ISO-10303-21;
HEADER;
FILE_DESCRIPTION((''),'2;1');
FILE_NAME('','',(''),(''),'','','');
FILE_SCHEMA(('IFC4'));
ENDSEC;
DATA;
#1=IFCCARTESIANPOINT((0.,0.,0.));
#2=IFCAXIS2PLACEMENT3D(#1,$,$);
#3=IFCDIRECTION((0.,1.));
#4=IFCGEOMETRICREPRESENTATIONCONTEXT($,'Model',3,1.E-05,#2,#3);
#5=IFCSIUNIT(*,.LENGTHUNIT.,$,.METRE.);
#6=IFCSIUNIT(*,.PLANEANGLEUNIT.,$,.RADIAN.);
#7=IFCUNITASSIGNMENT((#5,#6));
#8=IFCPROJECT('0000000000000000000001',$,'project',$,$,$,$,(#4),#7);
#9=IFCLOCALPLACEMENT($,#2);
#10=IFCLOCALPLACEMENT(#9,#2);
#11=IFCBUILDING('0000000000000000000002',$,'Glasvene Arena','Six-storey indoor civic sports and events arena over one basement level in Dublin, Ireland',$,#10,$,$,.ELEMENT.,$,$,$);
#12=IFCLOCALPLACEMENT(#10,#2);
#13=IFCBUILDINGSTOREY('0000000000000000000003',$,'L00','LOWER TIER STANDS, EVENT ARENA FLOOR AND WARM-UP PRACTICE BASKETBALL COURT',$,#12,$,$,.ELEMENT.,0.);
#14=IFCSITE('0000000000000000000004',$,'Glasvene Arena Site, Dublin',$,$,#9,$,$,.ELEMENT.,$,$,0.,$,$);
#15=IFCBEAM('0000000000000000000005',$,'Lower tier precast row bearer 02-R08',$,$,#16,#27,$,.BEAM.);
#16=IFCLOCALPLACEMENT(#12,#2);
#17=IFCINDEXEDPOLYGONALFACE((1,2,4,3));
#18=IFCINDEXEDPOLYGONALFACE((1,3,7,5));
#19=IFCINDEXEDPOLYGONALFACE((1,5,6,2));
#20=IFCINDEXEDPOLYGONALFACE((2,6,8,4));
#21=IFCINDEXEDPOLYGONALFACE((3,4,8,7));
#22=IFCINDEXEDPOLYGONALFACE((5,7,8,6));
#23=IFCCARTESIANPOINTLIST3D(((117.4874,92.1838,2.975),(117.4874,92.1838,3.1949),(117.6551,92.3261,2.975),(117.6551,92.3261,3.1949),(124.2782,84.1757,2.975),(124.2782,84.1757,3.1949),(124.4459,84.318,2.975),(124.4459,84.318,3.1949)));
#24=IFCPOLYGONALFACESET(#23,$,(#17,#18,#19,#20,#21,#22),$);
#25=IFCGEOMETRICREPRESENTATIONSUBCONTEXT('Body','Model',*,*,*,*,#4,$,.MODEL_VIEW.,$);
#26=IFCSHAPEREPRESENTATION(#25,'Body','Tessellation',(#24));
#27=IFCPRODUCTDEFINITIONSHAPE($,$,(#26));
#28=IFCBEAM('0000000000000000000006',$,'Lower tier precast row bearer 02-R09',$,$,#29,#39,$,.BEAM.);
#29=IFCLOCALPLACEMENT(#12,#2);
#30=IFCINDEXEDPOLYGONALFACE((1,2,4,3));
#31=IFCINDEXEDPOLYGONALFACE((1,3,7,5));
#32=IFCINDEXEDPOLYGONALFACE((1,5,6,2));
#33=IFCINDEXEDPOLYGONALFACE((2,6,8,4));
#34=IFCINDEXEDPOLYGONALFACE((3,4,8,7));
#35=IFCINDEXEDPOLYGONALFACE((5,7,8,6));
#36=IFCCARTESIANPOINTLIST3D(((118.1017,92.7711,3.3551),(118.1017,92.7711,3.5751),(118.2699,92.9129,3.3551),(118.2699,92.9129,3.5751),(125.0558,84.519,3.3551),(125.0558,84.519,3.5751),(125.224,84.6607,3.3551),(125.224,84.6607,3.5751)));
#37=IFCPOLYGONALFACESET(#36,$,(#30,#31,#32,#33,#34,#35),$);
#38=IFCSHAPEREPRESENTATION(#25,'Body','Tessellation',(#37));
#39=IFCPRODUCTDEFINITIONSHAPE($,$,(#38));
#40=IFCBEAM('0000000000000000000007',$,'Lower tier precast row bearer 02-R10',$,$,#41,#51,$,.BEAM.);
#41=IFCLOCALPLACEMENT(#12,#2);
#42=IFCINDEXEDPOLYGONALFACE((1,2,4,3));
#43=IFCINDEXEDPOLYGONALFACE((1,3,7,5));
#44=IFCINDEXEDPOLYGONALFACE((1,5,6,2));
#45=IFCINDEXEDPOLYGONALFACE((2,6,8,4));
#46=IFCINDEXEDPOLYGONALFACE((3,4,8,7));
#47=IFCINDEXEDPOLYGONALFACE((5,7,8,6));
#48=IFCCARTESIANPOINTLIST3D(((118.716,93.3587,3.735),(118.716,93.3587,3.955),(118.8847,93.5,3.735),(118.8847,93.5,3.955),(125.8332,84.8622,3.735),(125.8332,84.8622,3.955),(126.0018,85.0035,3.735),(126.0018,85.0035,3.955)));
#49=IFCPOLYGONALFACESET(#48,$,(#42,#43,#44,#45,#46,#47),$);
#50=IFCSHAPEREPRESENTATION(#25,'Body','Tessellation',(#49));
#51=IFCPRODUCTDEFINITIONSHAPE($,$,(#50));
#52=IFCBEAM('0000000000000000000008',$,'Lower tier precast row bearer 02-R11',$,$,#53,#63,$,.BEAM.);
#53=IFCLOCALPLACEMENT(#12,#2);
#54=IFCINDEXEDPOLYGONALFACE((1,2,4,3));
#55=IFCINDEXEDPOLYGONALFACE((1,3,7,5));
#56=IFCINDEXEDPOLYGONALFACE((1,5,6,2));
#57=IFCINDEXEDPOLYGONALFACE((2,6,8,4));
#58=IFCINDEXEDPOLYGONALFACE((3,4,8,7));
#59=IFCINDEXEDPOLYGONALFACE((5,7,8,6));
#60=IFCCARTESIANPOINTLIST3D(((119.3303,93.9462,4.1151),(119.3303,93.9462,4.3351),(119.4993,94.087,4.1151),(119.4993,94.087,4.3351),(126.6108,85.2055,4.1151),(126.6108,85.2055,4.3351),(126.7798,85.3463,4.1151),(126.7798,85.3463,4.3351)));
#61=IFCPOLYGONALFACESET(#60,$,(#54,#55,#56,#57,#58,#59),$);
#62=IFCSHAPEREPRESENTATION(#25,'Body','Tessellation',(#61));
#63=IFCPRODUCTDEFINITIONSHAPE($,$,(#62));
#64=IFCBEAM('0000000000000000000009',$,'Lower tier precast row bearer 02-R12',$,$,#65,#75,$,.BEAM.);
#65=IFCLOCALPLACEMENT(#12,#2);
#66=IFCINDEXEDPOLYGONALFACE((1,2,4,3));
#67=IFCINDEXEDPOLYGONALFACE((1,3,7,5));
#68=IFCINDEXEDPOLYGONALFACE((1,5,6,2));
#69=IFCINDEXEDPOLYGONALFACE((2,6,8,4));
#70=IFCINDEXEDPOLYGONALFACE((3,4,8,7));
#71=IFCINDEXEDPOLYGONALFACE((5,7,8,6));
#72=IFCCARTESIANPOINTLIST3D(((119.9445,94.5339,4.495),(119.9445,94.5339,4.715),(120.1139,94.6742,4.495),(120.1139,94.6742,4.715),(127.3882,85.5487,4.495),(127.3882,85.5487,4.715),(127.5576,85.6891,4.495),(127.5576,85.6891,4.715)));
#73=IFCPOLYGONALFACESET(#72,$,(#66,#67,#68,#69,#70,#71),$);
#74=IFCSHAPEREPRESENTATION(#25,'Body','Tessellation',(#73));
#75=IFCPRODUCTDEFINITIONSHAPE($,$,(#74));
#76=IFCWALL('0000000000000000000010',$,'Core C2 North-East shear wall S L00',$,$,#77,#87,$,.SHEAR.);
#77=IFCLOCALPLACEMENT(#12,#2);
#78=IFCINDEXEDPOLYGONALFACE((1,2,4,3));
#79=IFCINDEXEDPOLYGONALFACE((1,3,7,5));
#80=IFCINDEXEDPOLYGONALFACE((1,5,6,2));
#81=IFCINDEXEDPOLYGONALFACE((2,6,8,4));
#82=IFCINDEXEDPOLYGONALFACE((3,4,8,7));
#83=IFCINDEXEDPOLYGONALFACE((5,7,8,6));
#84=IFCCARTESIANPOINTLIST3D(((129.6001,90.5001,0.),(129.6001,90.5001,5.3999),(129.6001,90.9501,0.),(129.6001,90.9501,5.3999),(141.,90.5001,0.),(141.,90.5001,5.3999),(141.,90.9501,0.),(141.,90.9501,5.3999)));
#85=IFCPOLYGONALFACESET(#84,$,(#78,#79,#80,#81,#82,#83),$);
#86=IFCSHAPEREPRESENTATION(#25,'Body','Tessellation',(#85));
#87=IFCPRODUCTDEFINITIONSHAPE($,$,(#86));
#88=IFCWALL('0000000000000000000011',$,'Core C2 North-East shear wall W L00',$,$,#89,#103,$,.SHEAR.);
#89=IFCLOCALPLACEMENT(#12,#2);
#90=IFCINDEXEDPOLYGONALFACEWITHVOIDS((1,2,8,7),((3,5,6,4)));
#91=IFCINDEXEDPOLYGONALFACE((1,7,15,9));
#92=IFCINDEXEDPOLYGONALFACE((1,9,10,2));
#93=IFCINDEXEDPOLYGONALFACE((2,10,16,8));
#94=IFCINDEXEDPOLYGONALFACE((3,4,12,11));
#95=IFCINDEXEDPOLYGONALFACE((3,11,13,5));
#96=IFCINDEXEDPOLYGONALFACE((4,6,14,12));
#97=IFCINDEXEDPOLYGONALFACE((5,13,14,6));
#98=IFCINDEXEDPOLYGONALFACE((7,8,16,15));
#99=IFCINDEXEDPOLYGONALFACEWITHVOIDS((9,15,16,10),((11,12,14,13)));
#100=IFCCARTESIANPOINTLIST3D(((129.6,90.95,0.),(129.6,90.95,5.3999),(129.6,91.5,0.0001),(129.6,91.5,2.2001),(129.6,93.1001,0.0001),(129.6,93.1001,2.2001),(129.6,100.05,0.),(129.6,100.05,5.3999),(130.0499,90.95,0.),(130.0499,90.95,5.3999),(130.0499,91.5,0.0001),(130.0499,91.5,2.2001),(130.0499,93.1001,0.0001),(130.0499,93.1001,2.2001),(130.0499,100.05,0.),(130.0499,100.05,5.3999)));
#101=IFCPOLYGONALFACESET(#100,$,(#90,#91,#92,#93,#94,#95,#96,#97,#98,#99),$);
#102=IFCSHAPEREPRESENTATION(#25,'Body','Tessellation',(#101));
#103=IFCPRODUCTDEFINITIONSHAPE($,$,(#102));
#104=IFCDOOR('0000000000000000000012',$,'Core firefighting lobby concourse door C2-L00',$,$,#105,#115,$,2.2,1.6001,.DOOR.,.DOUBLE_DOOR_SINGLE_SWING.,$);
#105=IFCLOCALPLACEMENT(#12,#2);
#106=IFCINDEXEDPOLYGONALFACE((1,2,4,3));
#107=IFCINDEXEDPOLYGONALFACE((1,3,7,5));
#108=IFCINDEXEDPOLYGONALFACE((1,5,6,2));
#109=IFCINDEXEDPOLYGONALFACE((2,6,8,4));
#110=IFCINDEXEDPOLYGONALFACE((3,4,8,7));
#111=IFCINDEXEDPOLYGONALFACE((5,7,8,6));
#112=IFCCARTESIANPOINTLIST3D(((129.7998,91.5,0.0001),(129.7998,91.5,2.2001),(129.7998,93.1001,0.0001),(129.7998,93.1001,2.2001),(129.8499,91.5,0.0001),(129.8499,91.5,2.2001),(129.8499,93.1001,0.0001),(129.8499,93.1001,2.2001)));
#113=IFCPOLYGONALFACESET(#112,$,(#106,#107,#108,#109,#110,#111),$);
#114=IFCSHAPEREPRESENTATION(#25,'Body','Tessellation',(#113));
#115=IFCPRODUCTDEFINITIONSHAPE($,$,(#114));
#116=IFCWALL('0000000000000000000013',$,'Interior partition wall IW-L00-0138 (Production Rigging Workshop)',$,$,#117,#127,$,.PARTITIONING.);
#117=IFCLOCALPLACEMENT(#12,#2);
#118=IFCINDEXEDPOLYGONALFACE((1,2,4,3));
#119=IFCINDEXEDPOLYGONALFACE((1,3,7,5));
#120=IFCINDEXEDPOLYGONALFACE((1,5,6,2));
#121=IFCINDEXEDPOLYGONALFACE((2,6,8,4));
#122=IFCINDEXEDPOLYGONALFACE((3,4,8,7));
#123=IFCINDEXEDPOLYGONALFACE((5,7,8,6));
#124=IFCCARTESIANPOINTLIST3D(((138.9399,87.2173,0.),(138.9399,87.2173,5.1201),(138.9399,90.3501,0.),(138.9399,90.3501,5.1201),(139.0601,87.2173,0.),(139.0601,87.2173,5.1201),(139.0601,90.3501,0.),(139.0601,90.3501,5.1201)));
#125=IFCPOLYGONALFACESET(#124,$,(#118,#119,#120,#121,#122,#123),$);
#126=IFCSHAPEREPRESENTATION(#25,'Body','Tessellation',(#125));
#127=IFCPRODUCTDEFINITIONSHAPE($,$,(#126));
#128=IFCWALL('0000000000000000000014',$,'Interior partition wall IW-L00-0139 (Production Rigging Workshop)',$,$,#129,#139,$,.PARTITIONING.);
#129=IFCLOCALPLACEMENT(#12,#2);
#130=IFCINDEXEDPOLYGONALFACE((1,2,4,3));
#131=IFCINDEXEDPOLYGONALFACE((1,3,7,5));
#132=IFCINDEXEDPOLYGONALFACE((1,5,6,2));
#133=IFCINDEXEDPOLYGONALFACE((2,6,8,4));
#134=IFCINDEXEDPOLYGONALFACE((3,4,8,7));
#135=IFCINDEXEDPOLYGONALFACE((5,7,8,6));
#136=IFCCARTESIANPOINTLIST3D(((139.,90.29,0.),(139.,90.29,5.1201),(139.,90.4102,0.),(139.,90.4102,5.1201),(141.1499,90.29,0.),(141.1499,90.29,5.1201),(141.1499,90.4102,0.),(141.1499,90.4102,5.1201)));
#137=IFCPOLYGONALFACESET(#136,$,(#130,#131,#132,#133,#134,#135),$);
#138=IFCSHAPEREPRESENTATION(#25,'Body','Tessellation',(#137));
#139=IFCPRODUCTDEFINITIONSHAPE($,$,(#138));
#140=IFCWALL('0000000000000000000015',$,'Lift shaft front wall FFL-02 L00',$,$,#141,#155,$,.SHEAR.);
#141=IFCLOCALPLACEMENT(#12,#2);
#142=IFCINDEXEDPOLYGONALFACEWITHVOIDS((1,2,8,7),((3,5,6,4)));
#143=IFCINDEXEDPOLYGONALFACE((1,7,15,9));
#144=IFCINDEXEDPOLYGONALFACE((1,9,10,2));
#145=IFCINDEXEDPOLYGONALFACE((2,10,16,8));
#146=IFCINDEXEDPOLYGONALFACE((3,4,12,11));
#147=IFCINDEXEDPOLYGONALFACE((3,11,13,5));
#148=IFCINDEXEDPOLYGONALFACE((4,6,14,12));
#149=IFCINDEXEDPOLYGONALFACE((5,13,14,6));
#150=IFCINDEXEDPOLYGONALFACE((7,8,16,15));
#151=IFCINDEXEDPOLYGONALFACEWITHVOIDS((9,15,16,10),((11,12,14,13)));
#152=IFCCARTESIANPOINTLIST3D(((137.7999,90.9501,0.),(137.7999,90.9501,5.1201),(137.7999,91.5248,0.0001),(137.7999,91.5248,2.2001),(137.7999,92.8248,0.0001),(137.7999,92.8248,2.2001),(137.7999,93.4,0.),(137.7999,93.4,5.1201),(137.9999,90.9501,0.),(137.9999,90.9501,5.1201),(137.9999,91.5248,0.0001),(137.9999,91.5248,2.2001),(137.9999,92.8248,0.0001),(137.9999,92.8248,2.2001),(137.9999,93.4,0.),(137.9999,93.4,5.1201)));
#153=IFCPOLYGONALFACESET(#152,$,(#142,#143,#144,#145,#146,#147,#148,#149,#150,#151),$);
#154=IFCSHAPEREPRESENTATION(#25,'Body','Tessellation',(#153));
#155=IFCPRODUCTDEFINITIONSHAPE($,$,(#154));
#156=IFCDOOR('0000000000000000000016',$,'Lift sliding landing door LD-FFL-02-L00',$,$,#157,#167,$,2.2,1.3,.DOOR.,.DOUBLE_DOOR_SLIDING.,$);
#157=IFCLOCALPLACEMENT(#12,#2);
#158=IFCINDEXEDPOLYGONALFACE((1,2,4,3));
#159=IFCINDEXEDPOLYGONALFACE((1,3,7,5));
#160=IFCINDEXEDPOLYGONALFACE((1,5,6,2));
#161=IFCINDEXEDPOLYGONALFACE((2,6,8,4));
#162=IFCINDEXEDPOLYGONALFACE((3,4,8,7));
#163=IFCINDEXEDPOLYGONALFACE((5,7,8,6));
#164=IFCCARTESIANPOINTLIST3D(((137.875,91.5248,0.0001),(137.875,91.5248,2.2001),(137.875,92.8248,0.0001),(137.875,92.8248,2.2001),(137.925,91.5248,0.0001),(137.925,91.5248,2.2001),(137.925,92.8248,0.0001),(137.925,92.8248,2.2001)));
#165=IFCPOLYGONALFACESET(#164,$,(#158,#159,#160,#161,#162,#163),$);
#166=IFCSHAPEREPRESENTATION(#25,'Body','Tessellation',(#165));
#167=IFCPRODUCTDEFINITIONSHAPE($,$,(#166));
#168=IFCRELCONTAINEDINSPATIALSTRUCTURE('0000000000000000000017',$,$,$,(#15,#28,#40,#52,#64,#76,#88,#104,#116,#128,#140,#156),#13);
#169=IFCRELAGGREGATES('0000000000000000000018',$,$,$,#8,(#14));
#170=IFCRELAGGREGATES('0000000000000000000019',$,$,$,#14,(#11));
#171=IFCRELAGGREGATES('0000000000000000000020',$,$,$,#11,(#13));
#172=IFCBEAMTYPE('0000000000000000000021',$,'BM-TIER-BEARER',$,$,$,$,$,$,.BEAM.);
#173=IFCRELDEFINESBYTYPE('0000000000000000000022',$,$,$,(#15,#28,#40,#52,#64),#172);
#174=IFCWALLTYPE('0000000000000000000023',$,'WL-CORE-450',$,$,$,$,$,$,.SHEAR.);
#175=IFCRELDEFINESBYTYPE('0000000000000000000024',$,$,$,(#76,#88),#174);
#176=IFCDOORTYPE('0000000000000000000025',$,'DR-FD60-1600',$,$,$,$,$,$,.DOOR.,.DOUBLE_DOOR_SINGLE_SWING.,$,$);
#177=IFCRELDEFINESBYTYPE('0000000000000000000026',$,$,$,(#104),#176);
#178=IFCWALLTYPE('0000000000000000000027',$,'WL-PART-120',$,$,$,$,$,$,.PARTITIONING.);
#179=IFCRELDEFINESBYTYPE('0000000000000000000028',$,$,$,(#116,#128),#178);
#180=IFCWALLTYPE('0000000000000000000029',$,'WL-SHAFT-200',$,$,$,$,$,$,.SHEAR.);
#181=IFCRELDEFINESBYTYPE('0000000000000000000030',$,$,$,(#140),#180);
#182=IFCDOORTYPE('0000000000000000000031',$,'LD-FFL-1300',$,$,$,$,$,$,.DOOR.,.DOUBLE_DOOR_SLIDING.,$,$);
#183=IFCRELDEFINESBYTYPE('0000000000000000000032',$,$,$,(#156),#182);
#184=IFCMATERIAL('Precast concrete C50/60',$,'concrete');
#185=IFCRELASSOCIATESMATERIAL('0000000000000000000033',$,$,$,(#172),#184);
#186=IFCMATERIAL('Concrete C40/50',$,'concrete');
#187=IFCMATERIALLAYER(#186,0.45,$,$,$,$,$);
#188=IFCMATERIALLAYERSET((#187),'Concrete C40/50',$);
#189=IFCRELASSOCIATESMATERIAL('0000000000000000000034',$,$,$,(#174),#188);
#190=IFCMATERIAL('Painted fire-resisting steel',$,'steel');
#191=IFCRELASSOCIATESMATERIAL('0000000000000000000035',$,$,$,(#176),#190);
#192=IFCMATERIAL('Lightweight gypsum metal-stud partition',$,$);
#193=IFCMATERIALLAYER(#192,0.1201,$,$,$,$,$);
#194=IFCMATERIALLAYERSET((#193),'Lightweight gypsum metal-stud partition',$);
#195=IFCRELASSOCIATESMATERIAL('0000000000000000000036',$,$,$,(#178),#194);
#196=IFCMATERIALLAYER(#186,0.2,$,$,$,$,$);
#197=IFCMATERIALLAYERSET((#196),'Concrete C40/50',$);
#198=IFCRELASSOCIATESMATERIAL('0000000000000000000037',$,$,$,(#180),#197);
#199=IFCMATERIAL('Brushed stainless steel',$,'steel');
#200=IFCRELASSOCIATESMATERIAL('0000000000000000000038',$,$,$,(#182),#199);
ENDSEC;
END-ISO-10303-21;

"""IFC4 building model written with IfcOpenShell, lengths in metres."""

from ifc_helpers import new_model, si_unit, direction, frame, frame_2d, origin, origin_2d, place, context, subcontext, project, spatial, rectangle, extrude, material, layer, layer_set, material_profile, profile_set, type_object, element, fill, save


model = new_model("IFC4")

# Units and contexts
model_context = context("Model", 3, precision=1e-05, world=origin(), true_north=direction((0.0, 1.0)))
body_context = subcontext(model_context, "Body", "Model", "MODEL_VIEW")
ifc_project = project(units=[si_unit("LENGTHUNIT", "METRE"), si_unit("PLANEANGLEUNIT", "RADIAN")], contexts=[model_context])

# Site, building, storey
site_placement = place(None, origin())
site = spatial("IfcSite", under=ifc_project, at=site_placement, Name="Glasvene Arena Site, Dublin", CompositionType="ELEMENT", RefElevation=0.0)
building_placement = place(site_placement, origin())
building = spatial("IfcBuilding", under=site, at=building_placement, Name="Glasvene Arena", Description="Six-storey indoor civic sports and events arena over one basement level in Dublin, Ireland", CompositionType="ELEMENT")
storey_placement = place(building_placement, origin())
storey = spatial("IfcBuildingStorey", under=building, at=storey_placement, Name="L00", Description="LOWER TIER STANDS, EVENT ARENA FLOOR AND WARM-UP PRACTICE BASKETBALL COURT", CompositionType="ELEMENT", Elevation=0.0)

# Shared definitions
ifc_material_1 = material(Name="Concrete C40/50", Category="concrete")

# Beams
ifc_material_2 = material(Name="Precast concrete C50/60", Category="concrete")
ifc_material_profile_1 = material_profile(ifc_material_2, rectangle(XDim=0.22, YDim=0.22, at=origin_2d()), Name="RC 220x220")
ifc_profile_set_1 = profile_set([ifc_material_profile_1], Name="Precast concrete C50/60")
beam_type_1 = type_object("IfcBeamType", Name="BM-TIER-BEARER", PredefinedType="BEAM", material=ifc_profile_set_1)
beam_1_placement = place(storey_placement, frame((124.3621, 84.2468, 3.085), z_axis=(-0.646759, 0.762694, 0.0), x_axis=(-0.762694, -0.646759, 0.0)))
element("IfcBeam", 1, at=beam_1_placement, inside=storey, type_object=beam_type_1, Name="Lower tier precast row bearer 02-R08", PredefinedType="BEAM", context=body_context, shape_type="SweptSolid", body=[
    extrude(rectangle(XDim=0.22, YDim=0.22, at=origin_2d()), origin(), (0.0, 0.0, 1.0), 10.4998),
])
beam_2_placement = place(storey_placement, frame((125.1399, 84.5898, 3.4651), z_axis=(-0.6444, 0.764688, 0.0), x_axis=(-0.764688, -0.6444, 0.0)))
element("IfcBeam", 2, at=beam_2_placement, inside=storey, type_object=beam_type_1, Name="Lower tier precast row bearer 02-R09", PredefinedType="BEAM", context=body_context, shape_type="SweptSolid", body=[
    extrude(rectangle(XDim=0.22, YDim=0.22, at=origin_2d()), origin(), (0.0, 0.0, 1.0), 10.7915),
])
beam_3_placement = place(storey_placement, frame((125.9175, 84.9329, 3.845), z_axis=(-0.642137, 0.76659, 0.0), x_axis=(-0.76659, -0.642137, 0.0)))
element("IfcBeam", 3, at=beam_3_placement, inside=storey, type_object=beam_type_1, Name="Lower tier precast row bearer 02-R10", PredefinedType="BEAM", context=body_context, shape_type="SweptSolid", body=[
    extrude(rectangle(XDim=0.22, YDim=0.22, at=origin_2d()), origin(), (0.0, 0.0, 1.0), 11.0835),
])
beam_4_placement = place(storey_placement, frame((126.6953, 85.2759, 4.2251), z_axis=(-0.640007, 0.768369, 0.0), x_axis=(-0.768369, -0.640007, 0.0)))
element("IfcBeam", 4, at=beam_4_placement, inside=storey, type_object=beam_type_1, Name="Lower tier precast row bearer 02-R11", PredefinedType="BEAM", context=body_context, shape_type="SweptSolid", body=[
    extrude(rectangle(XDim=0.22, YDim=0.22, at=origin_2d()), origin(), (0.0, 0.0, 1.0), 11.3757),
])
beam_5_placement = place(storey_placement, frame((127.4729, 85.6189, 4.605), z_axis=(-0.637957, 0.770072, 0.0), x_axis=(-0.770072, -0.637957, 0.0)))
element("IfcBeam", 5, at=beam_5_placement, inside=storey, type_object=beam_type_1, Name="Lower tier precast row bearer 02-R12", PredefinedType="BEAM", context=body_context, shape_type="SweptSolid", body=[
    extrude(rectangle(XDim=0.22, YDim=0.22, at=origin_2d()), origin(), (0.0, 0.0, 1.0), 11.668),
])

# Wall
ifc_layer_1 = layer(ifc_material_1, 0.45)
ifc_layer_set_1 = layer_set([ifc_layer_1], Name="Concrete C40/50")
wall_type_1 = type_object("IfcWallType", Name="WL-CORE-450", PredefinedType="SHEAR", material=ifc_layer_set_1)
wall_1_placement = place(storey_placement, frame((129.6001, 90.7251, 0.0), z_axis=(0.0, 0.0, 1.0), x_axis=(1.0, 0.0, 0.0)))
element("IfcWall", 6, at=wall_1_placement, inside=storey, type_object=wall_type_1, Name="Core C2 North-East shear wall S L00", PredefinedType="SHEAR", context=body_context, shape_type="SweptSolid", body=[
    extrude(rectangle(XDim=11.3999, YDim=0.45, at=frame_2d((5.7, 0.0))), origin(), (0.0, 0.0, 1.0), 5.3999),
])

# Wall, opening, door
wall_2_placement = place(storey_placement, frame((129.825, 90.95, 0.0), z_axis=(0.0, 0.0, 1.0), x_axis=(0.0, 1.0, 0.0)))
wall_2 = element("IfcWall", 7, at=wall_2_placement, inside=storey, type_object=wall_type_1, Name="Core C2 North-East shear wall W L00", PredefinedType="SHEAR", context=body_context, shape_type="SweptSolid", body=[
    extrude(rectangle(XDim=9.1001, YDim=0.45, at=frame_2d((4.55, 0.0))), origin(), (0.0, 0.0, 1.0), 5.3999),
])
opening_1_placement = place(wall_2_placement, frame((0.55, 0.0, 0.0)))
opening_1 = element("IfcOpeningElement", 8, at=opening_1_placement, cuts=wall_2, PredefinedType="OPENING", context=body_context, shape_type="SweptSolid", body=[
    extrude(rectangle(XDim=1.6001, YDim=2.2, at=frame_2d((0.8, 1.1001))), frame((0.0, 0.2349, 0.0), z_axis=(0.0, -1.0, 0.0), x_axis=(1.0, 0.0, 0.0)), (0.0, 0.0, 1.0), 0.47),
])
ifc_material_3 = material(Name="Painted fire-resisting steel", Category="steel")
door_type_1 = type_object("IfcDoorType", Name="DR-FD60-1600", OperationType="DOUBLE_DOOR_SINGLE_SWING", PredefinedType="DOOR", material=ifc_material_3)
door_1_placement = place(opening_1_placement, frame((1.6001, 0.0, 0.0), z_axis=(0.0, 0.0, 1.0), x_axis=(-1.0, 0.0, 0.0)))
door_1 = element("IfcDoor", 9, at=door_1_placement, inside=storey, type_object=door_type_1, Name="Core firefighting lobby concourse door C2-L00", OperationType="DOUBLE_DOOR_SINGLE_SWING", OverallHeight=2.2, OverallWidth=1.6001, PredefinedType="DOOR", context=body_context, shape_type="SweptSolid", body=[
    extrude(rectangle(XDim=1.6001, YDim=2.2, at=frame_2d((0.8, 1.1001))), frame((0.0, 0.0249, 0.0), z_axis=(0.0, -1.0, 0.0), x_axis=(1.0, 0.0, 0.0)), (0.0, 0.0, 1.0), 0.05),
])
fill(opening_1, door_1)

# Walls
ifc_material_4 = material(Name="Lightweight gypsum metal-stud partition")
ifc_layer_2 = layer(ifc_material_4, 0.1201)
ifc_layer_set_2 = layer_set([ifc_layer_2], Name="Lightweight gypsum metal-stud partition")
wall_type_2 = type_object("IfcWallType", Name="WL-PART-120", PredefinedType="PARTITIONING", material=ifc_layer_set_2)
wall_3_placement = place(storey_placement, frame((139.0, 87.2173, 0.0), z_axis=(0.0, 0.0, 1.0), x_axis=(0.0, 1.0, 0.0)))
element("IfcWall", 10, at=wall_3_placement, inside=storey, type_object=wall_type_2, Name="Interior partition wall IW-L00-0138 (Production Rigging Workshop)", PredefinedType="PARTITIONING", context=body_context, shape_type="SweptSolid", body=[
    extrude(rectangle(XDim=3.1328, YDim=0.1201, at=frame_2d((1.5664, 0.0))), origin(), (0.0, 0.0, 1.0), 5.1201),
])
wall_4_placement = place(storey_placement, frame((139.0, 90.3501, 0.0), z_axis=(0.0, 0.0, 1.0), x_axis=(1.0, 0.0, 0.0)))
element("IfcWall", 11, at=wall_4_placement, inside=storey, type_object=wall_type_2, Name="Interior partition wall IW-L00-0139 (Production Rigging Workshop)", PredefinedType="PARTITIONING", context=body_context, shape_type="SweptSolid", body=[
    extrude(rectangle(XDim=2.1499, YDim=0.1201, at=frame_2d((1.075, 0.0))), origin(), (0.0, 0.0, 1.0), 5.1201),
])

# Wall, opening, door
ifc_layer_3 = layer(ifc_material_1, 0.2)
ifc_layer_set_3 = layer_set([ifc_layer_3], Name="Concrete C40/50")
wall_type_3 = type_object("IfcWallType", Name="WL-SHAFT-200", PredefinedType="SHEAR", material=ifc_layer_set_3)
wall_5_placement = place(storey_placement, frame((137.8999, 90.95, 0.0), z_axis=(0.0, 0.0, 1.0), x_axis=(0.0, 1.0, 0.0)))
wall_5 = element("IfcWall", 12, at=wall_5_placement, inside=storey, type_object=wall_type_3, Name="Lift shaft front wall FFL-02 L00", PredefinedType="SHEAR", context=body_context, shape_type="SweptSolid", body=[
    extrude(rectangle(XDim=2.45, YDim=0.2, at=frame_2d((1.2251, 0.0))), origin(), (0.0, 0.0, 1.0), 5.1201),
])
opening_2_placement = place(wall_5_placement, frame((0.575, 0.0, 0.0)))
opening_2 = element("IfcOpeningElement", 13, at=opening_2_placement, cuts=wall_5, PredefinedType="OPENING", context=body_context, shape_type="SweptSolid", body=[
    extrude(rectangle(XDim=1.3, YDim=2.2, at=frame_2d((0.6499, 1.1001))), frame((0.0, 0.1099, 0.0), z_axis=(0.0, -1.0, 0.0), x_axis=(1.0, 0.0, 0.0)), (0.0, 0.0, 1.0), 0.22),
])
ifc_material_5 = material(Name="Brushed stainless steel", Category="steel")
door_type_2 = type_object("IfcDoorType", Name="LD-FFL-1300", OperationType="DOUBLE_DOOR_SLIDING", PredefinedType="DOOR", material=ifc_material_5)
door_2_placement = place(opening_2_placement, origin())
door_2 = element("IfcDoor", 14, at=door_2_placement, inside=storey, type_object=door_type_2, Name="Lift sliding landing door LD-FFL-02-L00", OperationType="DOUBLE_DOOR_SLIDING", OverallHeight=2.2, OverallWidth=1.3, PredefinedType="DOOR", context=body_context, shape_type="SweptSolid", body=[
    extrude(rectangle(XDim=1.3, YDim=2.2, at=frame_2d((0.6499, 1.1001))), frame((0.0, 0.0249, 0.0), z_axis=(0.0, -1.0, 0.0), x_axis=(1.0, 0.0, 0.0)), (0.0, 0.0, 1.0), 0.05),
])
fill(opening_2, door_2)

save(model, "model.ifc")
